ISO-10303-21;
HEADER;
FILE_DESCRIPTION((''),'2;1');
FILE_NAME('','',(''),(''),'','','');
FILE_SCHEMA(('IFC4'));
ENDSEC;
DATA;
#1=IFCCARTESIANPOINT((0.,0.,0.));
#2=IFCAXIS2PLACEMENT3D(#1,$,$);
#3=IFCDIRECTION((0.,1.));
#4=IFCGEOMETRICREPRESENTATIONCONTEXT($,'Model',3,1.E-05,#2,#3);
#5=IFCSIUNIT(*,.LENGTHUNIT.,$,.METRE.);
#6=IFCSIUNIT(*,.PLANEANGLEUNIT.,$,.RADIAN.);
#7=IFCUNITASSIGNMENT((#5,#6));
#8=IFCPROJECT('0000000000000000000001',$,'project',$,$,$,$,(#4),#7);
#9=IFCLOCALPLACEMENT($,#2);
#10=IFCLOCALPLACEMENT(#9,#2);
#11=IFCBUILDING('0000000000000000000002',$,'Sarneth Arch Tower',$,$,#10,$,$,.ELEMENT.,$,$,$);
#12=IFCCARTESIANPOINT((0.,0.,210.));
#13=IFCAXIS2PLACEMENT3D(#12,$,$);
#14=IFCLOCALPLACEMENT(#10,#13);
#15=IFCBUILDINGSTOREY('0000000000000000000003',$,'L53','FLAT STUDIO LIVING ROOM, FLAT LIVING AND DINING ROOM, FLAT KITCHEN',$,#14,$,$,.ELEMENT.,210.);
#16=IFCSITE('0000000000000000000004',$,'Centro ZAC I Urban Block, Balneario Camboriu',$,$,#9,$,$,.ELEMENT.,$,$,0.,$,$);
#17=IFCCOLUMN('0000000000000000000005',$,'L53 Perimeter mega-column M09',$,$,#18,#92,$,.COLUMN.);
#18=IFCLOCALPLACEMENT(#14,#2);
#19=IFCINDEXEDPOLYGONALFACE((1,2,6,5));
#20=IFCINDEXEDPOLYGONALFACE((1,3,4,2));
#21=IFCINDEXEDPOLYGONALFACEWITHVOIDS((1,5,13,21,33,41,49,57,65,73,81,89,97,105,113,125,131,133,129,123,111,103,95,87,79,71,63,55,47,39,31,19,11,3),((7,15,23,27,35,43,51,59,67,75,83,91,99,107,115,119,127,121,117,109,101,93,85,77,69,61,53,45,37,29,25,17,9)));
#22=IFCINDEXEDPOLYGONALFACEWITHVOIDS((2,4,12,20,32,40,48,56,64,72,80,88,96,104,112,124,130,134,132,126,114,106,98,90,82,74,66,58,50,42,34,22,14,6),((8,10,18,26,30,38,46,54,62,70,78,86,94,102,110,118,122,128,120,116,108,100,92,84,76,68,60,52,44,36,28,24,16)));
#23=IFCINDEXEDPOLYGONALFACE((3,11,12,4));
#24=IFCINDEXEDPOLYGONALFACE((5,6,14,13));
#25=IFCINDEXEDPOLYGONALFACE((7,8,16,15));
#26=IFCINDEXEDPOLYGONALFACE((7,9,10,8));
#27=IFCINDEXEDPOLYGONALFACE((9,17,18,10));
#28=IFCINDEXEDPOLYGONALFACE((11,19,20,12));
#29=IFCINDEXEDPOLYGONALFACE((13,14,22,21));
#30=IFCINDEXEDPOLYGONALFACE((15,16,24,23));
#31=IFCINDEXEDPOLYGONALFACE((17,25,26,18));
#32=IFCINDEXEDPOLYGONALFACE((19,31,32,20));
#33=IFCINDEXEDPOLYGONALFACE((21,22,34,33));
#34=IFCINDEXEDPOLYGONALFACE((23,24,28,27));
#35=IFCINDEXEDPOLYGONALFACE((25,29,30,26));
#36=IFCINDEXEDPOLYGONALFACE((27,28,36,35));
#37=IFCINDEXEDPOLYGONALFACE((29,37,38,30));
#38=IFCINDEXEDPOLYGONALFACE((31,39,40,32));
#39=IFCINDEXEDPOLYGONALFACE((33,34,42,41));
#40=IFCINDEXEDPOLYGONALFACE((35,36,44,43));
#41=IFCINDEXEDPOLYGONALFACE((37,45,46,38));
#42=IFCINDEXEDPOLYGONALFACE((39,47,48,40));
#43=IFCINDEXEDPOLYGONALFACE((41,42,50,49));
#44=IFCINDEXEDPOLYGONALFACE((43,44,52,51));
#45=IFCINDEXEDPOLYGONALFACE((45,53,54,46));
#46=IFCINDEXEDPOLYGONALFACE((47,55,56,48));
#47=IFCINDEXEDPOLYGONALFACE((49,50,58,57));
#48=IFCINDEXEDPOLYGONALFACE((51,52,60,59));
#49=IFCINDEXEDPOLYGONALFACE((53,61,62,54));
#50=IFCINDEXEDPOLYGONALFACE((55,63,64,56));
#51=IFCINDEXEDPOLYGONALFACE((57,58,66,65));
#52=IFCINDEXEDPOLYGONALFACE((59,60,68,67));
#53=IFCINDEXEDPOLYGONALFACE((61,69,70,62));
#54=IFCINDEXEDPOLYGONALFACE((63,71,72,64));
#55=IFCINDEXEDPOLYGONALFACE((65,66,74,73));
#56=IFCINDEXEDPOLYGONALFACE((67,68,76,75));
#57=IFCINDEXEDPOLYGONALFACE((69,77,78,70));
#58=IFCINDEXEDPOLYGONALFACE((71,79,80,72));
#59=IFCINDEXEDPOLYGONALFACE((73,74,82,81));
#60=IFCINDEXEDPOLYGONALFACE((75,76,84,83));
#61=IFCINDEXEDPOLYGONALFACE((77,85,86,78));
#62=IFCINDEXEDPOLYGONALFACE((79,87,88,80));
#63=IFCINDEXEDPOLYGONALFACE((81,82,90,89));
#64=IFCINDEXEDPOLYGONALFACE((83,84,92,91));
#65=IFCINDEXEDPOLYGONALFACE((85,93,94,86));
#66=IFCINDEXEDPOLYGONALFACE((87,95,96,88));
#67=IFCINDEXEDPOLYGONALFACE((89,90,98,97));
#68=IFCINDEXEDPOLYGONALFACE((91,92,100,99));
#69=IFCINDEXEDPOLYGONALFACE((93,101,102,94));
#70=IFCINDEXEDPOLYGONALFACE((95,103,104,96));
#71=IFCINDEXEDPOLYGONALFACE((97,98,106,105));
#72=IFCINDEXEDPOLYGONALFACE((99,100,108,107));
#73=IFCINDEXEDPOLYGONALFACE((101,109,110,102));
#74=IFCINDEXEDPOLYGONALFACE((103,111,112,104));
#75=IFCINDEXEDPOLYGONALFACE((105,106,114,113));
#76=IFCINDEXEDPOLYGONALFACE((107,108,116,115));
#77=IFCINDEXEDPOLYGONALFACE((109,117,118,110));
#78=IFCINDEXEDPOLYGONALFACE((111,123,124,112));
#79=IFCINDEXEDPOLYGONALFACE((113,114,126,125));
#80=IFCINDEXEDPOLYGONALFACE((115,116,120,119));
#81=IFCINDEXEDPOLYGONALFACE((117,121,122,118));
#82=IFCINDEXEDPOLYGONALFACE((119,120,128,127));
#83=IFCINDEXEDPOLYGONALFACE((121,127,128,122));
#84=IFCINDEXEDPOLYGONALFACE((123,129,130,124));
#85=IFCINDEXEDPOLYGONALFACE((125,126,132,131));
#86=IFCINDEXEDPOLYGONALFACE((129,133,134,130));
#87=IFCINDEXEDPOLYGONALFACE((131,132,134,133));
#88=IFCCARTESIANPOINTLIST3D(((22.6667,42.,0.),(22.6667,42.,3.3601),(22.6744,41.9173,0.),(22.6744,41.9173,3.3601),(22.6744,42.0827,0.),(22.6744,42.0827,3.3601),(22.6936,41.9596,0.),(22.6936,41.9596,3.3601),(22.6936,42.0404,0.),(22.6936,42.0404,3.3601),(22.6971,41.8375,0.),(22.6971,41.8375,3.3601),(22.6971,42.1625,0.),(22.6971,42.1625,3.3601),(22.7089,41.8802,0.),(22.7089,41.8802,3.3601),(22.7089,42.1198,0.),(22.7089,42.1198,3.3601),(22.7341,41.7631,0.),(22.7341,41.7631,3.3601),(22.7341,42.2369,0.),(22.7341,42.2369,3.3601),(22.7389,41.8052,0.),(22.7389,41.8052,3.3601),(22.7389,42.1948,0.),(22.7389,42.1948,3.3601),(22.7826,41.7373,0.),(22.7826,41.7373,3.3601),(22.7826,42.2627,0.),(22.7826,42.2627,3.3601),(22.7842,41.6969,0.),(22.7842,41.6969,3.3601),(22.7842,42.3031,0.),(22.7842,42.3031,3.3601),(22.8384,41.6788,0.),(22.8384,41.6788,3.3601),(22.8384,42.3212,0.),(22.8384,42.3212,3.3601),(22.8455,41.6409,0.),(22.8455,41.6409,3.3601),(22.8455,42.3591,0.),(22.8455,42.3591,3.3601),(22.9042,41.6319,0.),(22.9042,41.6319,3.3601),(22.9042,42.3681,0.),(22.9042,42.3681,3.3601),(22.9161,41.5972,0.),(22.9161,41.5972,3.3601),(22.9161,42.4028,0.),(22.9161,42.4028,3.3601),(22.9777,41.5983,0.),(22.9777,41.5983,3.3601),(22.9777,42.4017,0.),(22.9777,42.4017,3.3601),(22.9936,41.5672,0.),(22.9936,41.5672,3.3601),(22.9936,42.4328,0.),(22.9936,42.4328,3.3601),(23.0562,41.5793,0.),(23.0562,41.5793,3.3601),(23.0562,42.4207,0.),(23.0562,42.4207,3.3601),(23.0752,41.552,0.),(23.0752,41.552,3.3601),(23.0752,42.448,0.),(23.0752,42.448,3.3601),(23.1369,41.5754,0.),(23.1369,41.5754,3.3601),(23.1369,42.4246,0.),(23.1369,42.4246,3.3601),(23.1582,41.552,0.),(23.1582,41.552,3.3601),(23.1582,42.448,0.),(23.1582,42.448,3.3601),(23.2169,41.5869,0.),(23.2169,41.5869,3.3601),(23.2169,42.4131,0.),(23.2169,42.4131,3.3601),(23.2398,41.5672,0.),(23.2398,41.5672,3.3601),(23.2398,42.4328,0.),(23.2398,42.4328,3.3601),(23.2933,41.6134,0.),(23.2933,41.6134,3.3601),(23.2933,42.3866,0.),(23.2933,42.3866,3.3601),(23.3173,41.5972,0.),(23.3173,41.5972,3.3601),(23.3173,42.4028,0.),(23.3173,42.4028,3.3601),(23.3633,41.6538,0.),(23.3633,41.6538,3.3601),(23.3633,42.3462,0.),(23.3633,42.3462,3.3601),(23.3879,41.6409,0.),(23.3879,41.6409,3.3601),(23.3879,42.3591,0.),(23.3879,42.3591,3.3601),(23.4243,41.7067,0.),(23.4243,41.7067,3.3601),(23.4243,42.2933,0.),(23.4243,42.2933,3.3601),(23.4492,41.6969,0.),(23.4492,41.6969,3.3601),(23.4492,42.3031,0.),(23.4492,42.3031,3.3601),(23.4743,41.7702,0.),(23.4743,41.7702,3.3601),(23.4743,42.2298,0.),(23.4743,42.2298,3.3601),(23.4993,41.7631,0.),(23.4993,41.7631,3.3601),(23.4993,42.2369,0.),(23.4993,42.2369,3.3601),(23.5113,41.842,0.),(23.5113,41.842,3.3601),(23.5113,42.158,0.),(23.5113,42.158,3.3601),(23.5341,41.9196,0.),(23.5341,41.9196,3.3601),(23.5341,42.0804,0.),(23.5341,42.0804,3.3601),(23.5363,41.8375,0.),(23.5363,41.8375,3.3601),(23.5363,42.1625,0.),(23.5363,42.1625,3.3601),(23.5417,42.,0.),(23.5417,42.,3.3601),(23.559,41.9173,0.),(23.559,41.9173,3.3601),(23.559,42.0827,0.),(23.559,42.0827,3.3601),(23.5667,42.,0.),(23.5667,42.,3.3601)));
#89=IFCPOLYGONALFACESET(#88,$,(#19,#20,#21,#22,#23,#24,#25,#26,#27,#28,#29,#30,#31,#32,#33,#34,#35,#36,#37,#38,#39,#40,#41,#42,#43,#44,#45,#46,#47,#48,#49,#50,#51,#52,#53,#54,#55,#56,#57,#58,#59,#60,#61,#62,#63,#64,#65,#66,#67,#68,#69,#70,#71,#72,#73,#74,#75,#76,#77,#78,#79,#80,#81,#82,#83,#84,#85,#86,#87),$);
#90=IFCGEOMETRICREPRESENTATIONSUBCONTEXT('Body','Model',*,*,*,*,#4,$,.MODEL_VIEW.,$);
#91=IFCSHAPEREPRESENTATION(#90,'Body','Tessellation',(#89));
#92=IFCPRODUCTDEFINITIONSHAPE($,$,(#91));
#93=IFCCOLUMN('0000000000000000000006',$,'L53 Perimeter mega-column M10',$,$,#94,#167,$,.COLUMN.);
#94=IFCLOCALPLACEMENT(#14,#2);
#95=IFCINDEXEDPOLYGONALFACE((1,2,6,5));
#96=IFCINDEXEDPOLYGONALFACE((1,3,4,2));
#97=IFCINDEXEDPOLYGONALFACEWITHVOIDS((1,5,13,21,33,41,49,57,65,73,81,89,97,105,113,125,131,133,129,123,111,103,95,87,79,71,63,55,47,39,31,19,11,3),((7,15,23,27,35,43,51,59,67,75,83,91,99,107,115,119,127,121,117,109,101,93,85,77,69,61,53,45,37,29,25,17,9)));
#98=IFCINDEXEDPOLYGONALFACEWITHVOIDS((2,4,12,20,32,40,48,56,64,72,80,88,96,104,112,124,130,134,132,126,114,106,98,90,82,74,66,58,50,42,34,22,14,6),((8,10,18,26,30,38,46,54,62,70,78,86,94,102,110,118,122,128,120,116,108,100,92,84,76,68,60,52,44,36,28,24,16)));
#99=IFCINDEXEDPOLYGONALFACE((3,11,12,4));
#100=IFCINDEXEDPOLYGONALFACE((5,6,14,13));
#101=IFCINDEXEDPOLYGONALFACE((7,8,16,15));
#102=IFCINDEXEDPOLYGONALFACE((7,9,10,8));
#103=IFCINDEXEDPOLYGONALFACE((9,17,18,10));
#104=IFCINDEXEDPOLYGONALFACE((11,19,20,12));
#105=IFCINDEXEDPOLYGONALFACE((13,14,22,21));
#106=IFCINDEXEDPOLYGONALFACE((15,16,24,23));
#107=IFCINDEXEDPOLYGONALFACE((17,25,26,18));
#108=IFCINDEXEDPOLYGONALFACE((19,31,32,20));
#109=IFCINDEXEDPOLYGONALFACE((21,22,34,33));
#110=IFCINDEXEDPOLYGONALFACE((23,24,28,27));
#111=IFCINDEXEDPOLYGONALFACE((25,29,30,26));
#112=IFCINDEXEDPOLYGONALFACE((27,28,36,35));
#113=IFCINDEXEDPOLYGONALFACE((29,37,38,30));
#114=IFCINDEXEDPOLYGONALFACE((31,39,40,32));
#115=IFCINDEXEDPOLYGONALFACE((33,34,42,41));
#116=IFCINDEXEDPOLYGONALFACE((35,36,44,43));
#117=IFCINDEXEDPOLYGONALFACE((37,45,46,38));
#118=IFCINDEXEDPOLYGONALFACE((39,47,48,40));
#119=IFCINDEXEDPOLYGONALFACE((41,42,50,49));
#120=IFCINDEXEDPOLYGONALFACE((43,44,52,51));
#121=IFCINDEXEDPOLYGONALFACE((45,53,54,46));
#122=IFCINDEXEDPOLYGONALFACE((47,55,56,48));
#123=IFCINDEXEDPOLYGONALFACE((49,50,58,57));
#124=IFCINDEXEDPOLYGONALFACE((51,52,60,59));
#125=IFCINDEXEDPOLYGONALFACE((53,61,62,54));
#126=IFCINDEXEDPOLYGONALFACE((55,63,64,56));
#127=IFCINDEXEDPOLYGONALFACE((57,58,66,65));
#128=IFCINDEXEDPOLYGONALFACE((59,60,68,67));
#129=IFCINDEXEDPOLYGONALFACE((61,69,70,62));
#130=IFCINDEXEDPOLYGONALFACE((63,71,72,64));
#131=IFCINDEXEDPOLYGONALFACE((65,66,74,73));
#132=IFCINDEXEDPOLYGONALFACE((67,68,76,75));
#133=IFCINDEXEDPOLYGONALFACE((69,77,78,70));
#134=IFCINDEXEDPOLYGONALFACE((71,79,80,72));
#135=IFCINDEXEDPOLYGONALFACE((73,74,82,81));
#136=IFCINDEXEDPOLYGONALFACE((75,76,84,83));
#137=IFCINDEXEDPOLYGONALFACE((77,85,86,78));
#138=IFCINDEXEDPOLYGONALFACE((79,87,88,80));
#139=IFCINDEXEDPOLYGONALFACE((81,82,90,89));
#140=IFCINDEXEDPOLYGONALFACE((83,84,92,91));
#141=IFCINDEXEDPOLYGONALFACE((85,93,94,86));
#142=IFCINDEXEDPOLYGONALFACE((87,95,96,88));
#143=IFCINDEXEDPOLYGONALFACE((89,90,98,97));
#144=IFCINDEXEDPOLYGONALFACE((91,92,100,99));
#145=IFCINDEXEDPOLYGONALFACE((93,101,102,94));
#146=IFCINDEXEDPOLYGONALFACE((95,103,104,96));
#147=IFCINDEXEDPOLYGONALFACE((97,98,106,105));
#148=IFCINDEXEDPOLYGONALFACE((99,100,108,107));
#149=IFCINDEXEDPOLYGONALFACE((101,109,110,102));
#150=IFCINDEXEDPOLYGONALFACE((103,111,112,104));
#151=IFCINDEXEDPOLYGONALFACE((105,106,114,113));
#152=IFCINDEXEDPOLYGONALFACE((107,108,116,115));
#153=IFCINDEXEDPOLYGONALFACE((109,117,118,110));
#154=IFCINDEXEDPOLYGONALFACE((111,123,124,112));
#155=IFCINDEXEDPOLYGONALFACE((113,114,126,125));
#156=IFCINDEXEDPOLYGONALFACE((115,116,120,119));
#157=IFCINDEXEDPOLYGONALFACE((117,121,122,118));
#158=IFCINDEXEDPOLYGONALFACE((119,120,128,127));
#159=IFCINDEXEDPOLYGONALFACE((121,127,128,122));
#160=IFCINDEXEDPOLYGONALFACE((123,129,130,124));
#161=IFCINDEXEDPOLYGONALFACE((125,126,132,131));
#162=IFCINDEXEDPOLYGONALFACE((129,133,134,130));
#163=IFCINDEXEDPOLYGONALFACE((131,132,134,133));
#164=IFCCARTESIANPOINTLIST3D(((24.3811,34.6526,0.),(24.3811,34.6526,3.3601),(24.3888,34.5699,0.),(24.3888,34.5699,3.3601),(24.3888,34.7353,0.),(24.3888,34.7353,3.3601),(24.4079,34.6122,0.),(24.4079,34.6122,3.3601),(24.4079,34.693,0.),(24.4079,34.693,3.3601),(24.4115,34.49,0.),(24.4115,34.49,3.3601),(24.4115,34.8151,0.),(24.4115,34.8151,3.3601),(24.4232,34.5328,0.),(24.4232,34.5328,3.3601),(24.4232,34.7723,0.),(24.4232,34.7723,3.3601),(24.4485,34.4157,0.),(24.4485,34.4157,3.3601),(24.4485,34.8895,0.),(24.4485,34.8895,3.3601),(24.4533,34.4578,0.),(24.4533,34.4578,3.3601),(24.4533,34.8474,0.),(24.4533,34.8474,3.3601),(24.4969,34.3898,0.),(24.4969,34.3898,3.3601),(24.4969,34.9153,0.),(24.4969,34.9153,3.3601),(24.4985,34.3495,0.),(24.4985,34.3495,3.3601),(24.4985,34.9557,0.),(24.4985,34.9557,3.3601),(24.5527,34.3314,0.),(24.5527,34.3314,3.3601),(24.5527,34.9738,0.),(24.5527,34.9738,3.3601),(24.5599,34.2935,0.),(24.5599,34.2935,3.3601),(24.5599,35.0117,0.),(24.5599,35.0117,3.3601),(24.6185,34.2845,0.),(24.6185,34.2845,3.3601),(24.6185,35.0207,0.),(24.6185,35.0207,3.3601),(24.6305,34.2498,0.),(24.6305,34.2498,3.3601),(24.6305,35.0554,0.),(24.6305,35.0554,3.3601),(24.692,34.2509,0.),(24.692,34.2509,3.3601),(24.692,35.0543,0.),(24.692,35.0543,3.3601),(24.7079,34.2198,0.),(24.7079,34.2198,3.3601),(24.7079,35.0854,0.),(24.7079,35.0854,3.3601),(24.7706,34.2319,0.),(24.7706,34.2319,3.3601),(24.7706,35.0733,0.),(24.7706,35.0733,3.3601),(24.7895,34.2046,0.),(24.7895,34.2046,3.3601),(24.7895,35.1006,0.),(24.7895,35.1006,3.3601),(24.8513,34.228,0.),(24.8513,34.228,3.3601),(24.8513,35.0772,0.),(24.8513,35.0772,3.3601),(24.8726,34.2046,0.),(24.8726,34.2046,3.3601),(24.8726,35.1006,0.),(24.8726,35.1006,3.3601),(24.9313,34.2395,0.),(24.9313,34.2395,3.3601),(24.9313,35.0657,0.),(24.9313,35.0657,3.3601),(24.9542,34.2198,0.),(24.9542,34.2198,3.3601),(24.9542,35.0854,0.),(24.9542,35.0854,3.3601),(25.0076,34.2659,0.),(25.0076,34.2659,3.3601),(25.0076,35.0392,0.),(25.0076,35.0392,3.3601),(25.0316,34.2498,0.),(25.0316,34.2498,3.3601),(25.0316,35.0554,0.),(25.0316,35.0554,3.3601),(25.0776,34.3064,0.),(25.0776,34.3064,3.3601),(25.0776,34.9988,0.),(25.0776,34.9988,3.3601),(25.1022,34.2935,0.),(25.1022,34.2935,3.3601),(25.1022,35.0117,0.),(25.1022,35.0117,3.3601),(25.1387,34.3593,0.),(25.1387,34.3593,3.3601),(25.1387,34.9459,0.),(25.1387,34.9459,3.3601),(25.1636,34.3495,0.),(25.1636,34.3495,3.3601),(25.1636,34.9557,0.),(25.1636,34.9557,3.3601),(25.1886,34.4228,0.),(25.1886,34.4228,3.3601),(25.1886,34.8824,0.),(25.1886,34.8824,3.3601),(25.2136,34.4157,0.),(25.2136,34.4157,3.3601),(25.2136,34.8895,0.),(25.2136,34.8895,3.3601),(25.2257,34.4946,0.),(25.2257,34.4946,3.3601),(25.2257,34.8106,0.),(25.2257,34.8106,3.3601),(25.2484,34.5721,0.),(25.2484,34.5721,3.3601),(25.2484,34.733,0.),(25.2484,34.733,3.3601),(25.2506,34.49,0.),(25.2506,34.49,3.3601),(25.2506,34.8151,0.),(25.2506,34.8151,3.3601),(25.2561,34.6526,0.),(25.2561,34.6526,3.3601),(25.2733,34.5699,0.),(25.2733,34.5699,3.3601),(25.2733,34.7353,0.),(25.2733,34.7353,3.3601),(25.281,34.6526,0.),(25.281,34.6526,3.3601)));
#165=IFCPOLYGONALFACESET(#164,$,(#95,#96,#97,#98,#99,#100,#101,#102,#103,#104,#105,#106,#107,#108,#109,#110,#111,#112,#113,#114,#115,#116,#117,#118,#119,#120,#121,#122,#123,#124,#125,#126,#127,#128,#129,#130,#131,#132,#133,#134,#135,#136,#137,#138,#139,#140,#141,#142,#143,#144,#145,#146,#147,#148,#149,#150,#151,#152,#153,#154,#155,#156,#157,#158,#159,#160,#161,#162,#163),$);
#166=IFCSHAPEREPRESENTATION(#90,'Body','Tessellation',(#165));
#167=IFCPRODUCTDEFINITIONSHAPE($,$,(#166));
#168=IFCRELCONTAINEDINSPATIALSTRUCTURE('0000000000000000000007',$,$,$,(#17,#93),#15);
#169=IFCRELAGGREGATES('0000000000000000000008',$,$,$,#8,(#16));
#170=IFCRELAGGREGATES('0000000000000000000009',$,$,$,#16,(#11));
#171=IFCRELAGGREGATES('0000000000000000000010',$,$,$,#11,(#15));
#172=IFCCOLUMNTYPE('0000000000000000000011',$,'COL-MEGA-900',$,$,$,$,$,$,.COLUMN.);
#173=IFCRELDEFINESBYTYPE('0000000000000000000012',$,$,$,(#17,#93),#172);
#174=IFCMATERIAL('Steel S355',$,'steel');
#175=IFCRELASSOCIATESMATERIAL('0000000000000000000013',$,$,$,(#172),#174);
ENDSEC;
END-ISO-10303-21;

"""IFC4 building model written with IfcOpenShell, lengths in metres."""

from ifc_helpers import new_model, si_unit, direction, frame, origin, origin_2d, place, context, subcontext, project, spatial, hollow_circle, extrude, material, material_profile, profile_set, type_object, element, save


model = new_model("IFC4")

# Units and contexts
model_context = context("Model", 3, precision=1e-05, world=origin(), true_north=direction((0.0, 1.0)))
body_context = subcontext(model_context, "Body", "Model", "MODEL_VIEW")
ifc_project = project(units=[si_unit("LENGTHUNIT", "METRE"), si_unit("PLANEANGLEUNIT", "RADIAN")], contexts=[model_context])

# Site, building, storey
site_placement = place(None, origin())
site = spatial("IfcSite", under=ifc_project, at=site_placement, Name="Centro ZAC I Urban Block, Balneario Camboriu", CompositionType="ELEMENT", RefElevation=0.0)
building_placement = place(site_placement, origin())
building = spatial("IfcBuilding", under=site, at=building_placement, Name="Sarneth Arch Tower", CompositionType="ELEMENT")
storey_placement = place(building_placement, frame((0.0, 0.0, 210.0)))
storey = spatial("IfcBuildingStorey", under=building, at=storey_placement, Name="L53", Description="FLAT STUDIO LIVING ROOM, FLAT LIVING AND DINING ROOM, FLAT KITCHEN", CompositionType="ELEMENT", Elevation=210.0)

# Columns
ifc_material_1 = material(Name="Steel S355", Category="steel")
ifc_material_profile_1 = material_profile(ifc_material_1, hollow_circle(Radius=0.45, WallThickness=0.0249, at=origin_2d()), Name="CHS900x25")
ifc_profile_set_1 = profile_set([ifc_material_profile_1], Name="Steel S355")
column_type = type_object("IfcColumnType", Name="COL-MEGA-900", PredefinedType="COLUMN", material=ifc_profile_set_1)
for number, where, z_axis, x_axis, name in (
    (1, (23.1167, 42.0, 0.0), (0.0, 0.0, 1.0), (1.0, 0.0, 0.0), "L53 Perimeter mega-column M09"),
    (2, (24.8311, 34.6526, 0.0), (0.0, 0.0, 1.0), (1.0, 0.0, 0.0), "L53 Perimeter mega-column M10"),
):
    element("IfcColumn", number, at=place(storey_placement, frame(where, z_axis=z_axis, x_axis=x_axis)), inside=storey, type_object=column_type, Name=name, PredefinedType="COLUMN", context=body_context, shape_type="SweptSolid", body=[
        extrude(hollow_circle(Radius=0.45, WallThickness=0.0249, at=origin_2d()), origin(), (0.0, 0.0, 1.0), 3.3601),
    ])

save(model, "model.ifc")
